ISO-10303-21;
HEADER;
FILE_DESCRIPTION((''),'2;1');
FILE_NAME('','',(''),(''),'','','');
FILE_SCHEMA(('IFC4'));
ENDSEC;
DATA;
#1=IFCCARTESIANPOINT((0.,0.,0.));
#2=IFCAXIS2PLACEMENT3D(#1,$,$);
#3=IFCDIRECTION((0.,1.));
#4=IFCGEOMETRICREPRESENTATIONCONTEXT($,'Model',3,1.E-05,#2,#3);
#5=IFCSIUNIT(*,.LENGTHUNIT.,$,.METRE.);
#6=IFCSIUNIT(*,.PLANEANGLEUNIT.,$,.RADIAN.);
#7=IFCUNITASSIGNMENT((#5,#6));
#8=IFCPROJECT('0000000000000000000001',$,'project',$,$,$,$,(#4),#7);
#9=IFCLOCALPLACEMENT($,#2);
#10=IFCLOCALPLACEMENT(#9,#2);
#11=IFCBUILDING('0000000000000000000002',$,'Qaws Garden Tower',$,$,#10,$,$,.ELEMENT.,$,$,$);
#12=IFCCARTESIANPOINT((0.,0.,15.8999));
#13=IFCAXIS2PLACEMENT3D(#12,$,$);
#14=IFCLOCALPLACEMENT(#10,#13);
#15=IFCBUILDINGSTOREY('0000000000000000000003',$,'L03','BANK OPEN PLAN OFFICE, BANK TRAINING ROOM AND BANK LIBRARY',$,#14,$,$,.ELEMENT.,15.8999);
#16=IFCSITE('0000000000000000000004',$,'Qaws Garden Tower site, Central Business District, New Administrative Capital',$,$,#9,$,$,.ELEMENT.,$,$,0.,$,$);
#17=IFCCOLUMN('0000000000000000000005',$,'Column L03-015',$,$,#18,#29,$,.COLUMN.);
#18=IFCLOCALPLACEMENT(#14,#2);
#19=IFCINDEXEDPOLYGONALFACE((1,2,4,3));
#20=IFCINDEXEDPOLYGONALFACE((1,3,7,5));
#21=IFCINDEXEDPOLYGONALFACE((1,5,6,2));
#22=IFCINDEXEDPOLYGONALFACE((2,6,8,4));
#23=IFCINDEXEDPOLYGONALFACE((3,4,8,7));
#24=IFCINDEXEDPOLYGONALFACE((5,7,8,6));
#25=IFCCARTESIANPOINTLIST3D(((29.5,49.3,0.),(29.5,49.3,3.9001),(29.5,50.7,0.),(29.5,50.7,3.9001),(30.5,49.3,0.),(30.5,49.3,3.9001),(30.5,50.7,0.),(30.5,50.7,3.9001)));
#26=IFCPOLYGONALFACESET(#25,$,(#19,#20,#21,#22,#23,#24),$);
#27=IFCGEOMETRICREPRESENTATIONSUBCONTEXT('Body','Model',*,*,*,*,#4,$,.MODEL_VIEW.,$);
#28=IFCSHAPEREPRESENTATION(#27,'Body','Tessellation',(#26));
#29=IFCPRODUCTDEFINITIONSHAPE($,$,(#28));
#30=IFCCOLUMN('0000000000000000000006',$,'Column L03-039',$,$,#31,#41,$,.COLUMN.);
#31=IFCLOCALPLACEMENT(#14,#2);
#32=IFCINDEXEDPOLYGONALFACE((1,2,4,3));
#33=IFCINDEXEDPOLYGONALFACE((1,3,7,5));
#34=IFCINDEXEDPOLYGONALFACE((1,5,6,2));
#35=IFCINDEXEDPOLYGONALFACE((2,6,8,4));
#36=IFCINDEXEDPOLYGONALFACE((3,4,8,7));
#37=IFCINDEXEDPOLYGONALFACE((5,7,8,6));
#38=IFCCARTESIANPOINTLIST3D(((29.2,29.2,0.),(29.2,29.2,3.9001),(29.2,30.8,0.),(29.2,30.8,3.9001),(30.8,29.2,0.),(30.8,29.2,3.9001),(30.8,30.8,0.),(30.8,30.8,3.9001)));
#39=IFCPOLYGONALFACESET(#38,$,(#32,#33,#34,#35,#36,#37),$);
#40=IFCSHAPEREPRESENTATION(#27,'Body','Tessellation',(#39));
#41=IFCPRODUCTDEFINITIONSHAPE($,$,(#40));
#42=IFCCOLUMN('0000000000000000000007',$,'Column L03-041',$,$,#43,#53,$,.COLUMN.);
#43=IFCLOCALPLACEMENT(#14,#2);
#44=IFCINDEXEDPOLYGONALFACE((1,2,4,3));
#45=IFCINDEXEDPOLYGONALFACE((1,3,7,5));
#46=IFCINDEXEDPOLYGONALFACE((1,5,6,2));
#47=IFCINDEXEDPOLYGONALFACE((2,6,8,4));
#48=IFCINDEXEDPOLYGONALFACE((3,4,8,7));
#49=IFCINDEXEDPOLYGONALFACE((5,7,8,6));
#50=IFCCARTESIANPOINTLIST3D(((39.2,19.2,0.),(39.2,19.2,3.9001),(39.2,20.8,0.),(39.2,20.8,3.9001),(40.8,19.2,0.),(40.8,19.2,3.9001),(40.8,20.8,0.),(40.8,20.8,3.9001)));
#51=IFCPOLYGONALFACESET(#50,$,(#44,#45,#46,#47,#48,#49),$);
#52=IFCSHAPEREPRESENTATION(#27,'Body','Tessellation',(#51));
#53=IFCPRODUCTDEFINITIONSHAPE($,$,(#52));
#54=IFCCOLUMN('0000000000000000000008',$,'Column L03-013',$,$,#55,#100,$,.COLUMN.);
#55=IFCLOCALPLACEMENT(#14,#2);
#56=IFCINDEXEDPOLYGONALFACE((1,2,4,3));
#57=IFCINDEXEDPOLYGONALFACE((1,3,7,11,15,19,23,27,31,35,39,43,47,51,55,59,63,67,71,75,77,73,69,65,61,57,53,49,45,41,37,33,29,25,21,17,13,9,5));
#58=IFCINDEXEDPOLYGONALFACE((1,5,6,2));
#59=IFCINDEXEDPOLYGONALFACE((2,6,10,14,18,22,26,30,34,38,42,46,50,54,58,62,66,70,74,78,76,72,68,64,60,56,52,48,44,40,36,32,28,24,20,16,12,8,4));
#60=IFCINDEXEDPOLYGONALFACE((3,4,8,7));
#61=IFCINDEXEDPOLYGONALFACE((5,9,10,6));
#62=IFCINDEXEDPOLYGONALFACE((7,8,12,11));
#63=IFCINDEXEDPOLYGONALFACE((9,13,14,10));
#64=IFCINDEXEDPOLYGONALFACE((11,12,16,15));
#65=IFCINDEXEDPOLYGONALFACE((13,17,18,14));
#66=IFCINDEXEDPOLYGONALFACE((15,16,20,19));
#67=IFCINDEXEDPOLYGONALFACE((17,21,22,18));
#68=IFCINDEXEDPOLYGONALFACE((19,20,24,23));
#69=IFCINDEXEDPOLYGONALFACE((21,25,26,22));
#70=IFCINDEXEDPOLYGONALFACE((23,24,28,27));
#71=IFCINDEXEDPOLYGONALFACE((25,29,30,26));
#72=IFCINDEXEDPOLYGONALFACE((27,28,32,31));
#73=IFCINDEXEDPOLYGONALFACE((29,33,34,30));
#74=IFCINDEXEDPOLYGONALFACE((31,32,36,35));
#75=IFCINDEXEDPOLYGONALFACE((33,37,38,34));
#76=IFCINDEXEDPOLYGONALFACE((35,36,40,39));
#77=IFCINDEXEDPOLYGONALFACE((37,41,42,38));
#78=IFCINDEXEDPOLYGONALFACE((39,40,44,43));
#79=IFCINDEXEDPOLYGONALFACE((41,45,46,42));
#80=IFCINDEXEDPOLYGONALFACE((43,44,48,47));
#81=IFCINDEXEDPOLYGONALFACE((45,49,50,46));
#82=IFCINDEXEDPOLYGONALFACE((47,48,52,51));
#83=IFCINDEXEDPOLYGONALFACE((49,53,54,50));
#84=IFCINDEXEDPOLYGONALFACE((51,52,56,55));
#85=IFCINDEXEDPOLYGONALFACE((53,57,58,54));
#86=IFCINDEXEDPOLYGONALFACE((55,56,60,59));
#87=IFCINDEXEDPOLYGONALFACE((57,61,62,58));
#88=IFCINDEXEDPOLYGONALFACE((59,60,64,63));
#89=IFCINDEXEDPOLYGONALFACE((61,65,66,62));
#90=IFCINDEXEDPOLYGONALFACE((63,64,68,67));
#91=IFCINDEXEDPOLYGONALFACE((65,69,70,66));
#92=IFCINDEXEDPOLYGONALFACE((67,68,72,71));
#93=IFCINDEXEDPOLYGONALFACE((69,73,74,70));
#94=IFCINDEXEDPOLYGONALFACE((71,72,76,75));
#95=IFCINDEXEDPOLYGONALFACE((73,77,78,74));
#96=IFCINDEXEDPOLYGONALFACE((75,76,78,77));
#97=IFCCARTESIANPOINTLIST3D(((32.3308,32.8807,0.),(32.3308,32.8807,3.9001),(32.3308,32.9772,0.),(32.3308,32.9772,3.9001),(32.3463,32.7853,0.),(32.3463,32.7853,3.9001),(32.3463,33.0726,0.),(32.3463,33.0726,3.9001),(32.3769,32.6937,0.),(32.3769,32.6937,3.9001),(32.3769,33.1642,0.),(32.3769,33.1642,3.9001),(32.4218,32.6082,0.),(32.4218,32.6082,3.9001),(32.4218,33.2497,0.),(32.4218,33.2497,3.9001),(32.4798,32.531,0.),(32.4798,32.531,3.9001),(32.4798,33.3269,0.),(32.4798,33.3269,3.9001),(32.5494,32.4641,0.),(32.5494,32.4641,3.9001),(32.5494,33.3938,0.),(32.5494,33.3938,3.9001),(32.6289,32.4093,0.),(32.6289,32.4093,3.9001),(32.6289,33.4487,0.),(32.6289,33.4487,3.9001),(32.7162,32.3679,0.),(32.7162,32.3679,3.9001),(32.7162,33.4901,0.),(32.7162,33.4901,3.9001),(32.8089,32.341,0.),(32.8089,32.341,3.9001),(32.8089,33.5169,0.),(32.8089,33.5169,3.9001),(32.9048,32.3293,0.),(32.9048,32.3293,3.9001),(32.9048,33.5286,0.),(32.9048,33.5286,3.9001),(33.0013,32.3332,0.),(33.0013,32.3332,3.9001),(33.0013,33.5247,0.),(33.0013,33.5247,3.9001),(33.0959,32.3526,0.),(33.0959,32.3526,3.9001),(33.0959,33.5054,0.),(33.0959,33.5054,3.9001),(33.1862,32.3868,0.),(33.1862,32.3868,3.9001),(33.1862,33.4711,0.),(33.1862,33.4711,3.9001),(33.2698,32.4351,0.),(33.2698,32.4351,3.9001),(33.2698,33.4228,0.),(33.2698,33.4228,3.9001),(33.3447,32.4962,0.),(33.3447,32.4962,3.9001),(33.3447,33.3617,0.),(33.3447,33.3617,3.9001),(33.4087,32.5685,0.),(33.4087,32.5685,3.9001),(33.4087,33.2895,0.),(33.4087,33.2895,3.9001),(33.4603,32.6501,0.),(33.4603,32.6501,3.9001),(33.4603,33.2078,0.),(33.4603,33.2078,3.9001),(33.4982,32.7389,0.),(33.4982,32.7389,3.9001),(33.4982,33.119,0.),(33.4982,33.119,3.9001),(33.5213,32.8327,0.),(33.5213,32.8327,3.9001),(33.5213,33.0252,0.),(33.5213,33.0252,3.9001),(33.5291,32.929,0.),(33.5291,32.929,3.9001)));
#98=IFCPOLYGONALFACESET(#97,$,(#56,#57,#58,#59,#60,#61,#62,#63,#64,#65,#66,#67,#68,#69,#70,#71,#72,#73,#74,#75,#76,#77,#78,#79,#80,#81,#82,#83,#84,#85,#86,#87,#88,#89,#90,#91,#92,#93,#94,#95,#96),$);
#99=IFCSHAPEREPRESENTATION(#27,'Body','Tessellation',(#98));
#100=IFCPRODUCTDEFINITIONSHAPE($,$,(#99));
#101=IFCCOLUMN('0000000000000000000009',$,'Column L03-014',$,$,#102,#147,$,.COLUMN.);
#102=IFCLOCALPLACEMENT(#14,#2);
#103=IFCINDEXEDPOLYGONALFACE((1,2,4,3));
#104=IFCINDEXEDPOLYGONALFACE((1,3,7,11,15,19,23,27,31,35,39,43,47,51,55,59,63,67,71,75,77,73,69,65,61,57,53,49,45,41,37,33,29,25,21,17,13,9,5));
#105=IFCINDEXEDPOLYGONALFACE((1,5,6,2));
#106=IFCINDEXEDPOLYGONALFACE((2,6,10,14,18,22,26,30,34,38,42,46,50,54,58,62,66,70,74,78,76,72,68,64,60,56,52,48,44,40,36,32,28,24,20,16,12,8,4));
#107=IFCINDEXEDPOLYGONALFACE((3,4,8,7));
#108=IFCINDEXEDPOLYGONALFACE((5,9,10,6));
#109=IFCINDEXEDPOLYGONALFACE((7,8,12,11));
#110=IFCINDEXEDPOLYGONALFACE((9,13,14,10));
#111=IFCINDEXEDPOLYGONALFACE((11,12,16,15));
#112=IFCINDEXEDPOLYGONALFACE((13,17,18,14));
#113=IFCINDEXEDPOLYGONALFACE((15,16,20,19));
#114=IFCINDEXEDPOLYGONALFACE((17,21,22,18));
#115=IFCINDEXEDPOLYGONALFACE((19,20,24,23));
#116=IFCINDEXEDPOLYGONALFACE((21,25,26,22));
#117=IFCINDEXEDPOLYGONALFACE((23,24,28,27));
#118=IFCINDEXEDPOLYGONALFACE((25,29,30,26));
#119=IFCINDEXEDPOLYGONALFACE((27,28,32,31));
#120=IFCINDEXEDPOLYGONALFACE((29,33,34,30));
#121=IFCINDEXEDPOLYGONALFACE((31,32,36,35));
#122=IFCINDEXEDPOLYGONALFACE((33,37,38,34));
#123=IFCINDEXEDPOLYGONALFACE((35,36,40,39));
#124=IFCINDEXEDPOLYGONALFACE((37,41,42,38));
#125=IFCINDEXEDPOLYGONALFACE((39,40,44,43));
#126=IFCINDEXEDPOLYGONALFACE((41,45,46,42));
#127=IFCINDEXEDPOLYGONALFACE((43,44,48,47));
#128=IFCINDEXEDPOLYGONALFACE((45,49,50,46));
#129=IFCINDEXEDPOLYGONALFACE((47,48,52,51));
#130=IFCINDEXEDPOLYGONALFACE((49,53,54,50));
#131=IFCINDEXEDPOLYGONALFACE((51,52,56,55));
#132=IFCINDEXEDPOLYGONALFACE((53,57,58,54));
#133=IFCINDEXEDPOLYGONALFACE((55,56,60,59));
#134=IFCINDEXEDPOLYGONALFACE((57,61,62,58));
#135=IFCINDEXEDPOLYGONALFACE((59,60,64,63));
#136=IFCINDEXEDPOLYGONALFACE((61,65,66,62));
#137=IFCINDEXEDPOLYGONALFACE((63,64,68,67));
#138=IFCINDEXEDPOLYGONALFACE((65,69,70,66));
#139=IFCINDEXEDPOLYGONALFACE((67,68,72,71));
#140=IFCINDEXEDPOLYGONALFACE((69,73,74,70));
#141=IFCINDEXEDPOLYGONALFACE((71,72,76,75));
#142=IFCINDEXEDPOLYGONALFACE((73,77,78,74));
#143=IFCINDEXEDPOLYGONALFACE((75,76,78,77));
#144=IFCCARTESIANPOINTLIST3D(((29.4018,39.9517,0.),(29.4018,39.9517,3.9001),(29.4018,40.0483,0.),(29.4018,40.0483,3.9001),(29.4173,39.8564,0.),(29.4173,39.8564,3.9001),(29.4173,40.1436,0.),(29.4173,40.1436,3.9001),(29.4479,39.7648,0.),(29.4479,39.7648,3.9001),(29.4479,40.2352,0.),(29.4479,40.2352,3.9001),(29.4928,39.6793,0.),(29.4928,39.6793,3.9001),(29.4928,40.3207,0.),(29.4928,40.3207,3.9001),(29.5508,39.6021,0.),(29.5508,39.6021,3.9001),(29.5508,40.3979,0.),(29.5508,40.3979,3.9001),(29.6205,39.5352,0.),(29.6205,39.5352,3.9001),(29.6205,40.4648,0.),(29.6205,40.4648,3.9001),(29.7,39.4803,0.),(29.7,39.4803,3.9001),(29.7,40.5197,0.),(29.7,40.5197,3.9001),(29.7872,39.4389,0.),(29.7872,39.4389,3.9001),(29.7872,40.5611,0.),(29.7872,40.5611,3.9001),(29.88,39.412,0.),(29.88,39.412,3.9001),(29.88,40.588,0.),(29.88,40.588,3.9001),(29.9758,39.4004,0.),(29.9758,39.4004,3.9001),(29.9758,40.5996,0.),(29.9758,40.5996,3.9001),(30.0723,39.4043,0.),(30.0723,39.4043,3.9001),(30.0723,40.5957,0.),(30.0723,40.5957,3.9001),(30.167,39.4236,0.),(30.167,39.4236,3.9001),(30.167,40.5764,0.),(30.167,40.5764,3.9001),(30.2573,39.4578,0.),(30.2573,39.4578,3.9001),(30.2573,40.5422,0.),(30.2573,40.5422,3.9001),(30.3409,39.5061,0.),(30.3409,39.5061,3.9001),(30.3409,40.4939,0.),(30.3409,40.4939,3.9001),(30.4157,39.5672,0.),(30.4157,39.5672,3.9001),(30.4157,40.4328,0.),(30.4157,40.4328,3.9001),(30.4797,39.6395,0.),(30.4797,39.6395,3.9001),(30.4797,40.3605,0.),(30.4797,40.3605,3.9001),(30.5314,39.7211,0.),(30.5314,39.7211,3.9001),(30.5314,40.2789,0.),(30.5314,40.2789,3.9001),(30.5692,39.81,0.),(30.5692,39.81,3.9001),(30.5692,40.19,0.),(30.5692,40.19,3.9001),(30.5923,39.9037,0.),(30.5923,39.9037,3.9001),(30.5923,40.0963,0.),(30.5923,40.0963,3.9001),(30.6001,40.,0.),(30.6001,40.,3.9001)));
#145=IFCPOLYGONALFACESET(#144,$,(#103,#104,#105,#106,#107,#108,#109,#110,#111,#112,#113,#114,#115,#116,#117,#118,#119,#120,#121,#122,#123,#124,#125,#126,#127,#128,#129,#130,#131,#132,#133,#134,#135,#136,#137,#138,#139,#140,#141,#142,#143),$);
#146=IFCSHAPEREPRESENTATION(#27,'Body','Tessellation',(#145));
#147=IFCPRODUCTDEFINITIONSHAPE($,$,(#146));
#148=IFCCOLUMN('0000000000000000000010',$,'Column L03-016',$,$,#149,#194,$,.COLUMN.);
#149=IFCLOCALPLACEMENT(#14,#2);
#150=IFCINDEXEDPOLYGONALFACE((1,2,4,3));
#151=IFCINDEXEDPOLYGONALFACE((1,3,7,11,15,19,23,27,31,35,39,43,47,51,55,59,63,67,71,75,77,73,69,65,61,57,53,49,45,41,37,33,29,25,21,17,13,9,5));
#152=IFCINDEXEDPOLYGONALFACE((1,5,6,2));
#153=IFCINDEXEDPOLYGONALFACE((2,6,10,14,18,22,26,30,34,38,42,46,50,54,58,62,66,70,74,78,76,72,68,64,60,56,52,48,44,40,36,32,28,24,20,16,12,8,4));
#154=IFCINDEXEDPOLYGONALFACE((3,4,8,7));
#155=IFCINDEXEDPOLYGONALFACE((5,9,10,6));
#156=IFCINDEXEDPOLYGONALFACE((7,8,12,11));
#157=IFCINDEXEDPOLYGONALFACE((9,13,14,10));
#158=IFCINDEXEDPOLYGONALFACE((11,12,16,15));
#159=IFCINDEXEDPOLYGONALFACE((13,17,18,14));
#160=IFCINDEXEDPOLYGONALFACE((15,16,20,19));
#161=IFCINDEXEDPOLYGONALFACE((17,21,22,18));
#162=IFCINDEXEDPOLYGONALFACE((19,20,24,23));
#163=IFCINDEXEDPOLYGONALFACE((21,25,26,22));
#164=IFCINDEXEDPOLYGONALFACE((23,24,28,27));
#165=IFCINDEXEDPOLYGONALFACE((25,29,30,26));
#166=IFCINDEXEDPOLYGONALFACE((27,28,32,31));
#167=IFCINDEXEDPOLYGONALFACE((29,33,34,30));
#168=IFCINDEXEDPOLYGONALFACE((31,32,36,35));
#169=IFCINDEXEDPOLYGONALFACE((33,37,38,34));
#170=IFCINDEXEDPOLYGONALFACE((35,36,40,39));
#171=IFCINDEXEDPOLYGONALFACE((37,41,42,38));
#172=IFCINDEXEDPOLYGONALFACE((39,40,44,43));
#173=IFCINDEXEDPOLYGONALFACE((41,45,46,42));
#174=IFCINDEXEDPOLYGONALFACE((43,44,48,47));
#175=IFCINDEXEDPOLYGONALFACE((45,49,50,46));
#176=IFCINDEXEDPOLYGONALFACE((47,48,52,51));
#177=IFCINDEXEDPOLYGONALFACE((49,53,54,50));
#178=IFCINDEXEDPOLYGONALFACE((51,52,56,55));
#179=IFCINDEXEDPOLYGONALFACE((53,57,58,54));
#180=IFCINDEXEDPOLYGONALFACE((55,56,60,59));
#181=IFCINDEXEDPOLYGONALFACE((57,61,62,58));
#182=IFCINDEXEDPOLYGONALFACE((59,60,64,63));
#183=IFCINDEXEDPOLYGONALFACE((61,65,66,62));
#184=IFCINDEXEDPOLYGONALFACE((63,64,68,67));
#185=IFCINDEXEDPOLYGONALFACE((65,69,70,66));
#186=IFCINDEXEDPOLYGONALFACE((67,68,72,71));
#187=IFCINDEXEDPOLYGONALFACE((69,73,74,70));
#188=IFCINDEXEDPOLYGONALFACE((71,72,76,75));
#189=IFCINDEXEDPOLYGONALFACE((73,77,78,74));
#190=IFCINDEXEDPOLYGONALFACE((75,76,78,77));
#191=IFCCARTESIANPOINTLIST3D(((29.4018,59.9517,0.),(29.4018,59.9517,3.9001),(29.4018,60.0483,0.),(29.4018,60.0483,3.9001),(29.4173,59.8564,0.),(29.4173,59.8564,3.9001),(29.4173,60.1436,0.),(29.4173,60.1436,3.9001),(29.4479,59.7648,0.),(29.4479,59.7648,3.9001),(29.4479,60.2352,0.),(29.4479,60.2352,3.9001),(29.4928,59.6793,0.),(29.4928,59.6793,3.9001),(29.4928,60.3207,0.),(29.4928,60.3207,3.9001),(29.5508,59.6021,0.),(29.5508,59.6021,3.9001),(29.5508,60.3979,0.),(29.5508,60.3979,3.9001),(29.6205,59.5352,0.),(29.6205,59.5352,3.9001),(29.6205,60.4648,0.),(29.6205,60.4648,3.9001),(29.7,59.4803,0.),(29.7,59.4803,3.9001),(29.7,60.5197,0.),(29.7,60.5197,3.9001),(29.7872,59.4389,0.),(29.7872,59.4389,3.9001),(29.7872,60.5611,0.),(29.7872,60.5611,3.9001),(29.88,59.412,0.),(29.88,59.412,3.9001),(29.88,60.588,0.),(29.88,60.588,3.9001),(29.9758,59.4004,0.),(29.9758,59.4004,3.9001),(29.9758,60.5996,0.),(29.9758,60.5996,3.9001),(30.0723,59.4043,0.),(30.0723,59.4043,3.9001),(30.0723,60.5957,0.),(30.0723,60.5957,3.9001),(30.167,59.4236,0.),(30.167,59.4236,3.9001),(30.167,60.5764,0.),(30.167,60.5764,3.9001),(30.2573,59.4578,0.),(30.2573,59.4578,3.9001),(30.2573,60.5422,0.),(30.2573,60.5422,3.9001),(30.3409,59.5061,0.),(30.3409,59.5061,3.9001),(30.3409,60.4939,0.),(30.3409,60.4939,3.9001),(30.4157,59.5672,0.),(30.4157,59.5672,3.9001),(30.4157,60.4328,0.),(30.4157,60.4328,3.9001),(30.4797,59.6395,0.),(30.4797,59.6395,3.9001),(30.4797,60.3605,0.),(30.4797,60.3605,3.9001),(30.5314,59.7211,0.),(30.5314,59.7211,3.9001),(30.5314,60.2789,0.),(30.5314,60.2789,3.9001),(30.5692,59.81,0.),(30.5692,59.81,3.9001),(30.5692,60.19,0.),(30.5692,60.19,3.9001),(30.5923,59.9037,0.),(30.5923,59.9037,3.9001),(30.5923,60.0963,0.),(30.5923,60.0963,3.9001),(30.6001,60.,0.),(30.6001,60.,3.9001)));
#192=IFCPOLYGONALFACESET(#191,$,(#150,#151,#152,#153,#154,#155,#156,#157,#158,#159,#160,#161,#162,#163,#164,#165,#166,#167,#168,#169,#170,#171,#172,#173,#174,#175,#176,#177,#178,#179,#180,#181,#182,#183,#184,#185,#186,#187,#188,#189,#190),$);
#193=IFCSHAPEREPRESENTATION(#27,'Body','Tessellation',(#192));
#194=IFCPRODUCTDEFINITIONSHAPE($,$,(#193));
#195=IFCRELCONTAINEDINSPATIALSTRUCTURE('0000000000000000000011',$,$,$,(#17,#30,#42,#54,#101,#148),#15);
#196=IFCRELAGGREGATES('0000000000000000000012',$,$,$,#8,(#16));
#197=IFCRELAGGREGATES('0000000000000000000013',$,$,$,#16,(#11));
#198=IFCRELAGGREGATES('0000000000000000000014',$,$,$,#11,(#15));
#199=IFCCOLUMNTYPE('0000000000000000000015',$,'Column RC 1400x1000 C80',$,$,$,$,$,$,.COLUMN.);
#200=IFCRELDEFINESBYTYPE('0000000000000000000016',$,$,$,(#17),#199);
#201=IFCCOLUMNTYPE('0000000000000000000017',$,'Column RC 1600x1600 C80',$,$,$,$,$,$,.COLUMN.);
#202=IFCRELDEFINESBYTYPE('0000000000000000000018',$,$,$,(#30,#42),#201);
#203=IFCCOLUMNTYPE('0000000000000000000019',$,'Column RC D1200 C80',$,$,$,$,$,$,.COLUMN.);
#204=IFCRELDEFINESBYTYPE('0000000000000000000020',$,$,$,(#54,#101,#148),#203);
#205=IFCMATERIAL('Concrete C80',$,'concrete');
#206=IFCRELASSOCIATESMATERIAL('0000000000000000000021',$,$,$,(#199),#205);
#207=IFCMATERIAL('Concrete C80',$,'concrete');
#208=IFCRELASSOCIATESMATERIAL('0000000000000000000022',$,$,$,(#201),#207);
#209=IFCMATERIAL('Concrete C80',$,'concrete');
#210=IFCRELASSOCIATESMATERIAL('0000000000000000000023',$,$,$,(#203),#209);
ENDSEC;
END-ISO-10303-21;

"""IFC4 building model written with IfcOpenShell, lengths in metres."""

from ifc_helpers import new_model, si_unit, direction, frame, origin, origin_2d, place, context, subcontext, project, spatial, rectangle, circle, extrude, material, material_profile, profile_set, type_object, element, save


model = new_model("IFC4")

# Units and contexts
model_context = context("Model", 3, precision=1e-05, world=origin(), true_north=direction((0.0, 1.0)))
body_context = subcontext(model_context, "Body", "Model", "MODEL_VIEW")
ifc_project = project(units=[si_unit("LENGTHUNIT", "METRE"), si_unit("PLANEANGLEUNIT", "RADIAN")], contexts=[model_context])

# Site, building, storey
site_placement = place(None, origin())
site = spatial("IfcSite", under=ifc_project, at=site_placement, Name="Qaws Garden Tower site, Central Business District, New Administrative Capital", CompositionType="ELEMENT", RefElevation=0.0)
building_placement = place(site_placement, origin())
building = spatial("IfcBuilding", under=site, at=building_placement, Name="Qaws Garden Tower", CompositionType="ELEMENT")
storey_placement = place(building_placement, frame((0.0, 0.0, 15.8999)))
storey = spatial("IfcBuildingStorey", under=building, at=storey_placement, Name="L03", Description="BANK OPEN PLAN OFFICE, BANK TRAINING ROOM AND BANK LIBRARY", CompositionType="ELEMENT", Elevation=15.8999)

# Columns
ifc_material_1 = material(Name="Concrete C80", Category="concrete")
ifc_material_profile_1 = material_profile(ifc_material_1, rectangle(XDim=1.3999, YDim=1.0, at=origin_2d()), Name="RC 1400x1000")
ifc_profile_set_1 = profile_set([ifc_material_profile_1], Name="Concrete C80")
column_type_1 = type_object("IfcColumnType", Name="Column RC 1400x1000 C80", PredefinedType="COLUMN", material=ifc_profile_set_1)
column_placement = place(storey_placement, frame((30.0, 50.0, 0.0), z_axis=(0.0, 0.0, 1.0), x_axis=(0.0, 1.0, 0.0)))
element("IfcColumn", 1, at=column_placement, inside=storey, type_object=column_type_1, Name="Column L03-015", PredefinedType="COLUMN", context=body_context, shape_type="SweptSolid", body=[
    extrude(rectangle(XDim=1.3999, YDim=1.0, at=origin_2d()), origin(), (0.0, 0.0, 1.0), 3.9001),
])
ifc_material_2 = material(Name="Concrete C80", Category="concrete")
ifc_material_profile_2 = material_profile(ifc_material_2, rectangle(XDim=1.6001, YDim=1.6001, at=origin_2d()), Name="RC 1600x1600")
ifc_profile_set_2 = profile_set([ifc_material_profile_2], Name="Concrete C80")
column_type_2 = type_object("IfcColumnType", Name="Column RC 1600x1600 C80", PredefinedType="COLUMN", material=ifc_profile_set_2)
for number, where, z_axis, x_axis, name in (
    (2, (30.0, 30.0, 0.0), (0.0, 0.0, 1.0), (1.0, 0.0, 0.0), "Column L03-039"),
    (3, (40.0, 20.0, 0.0), (0.0, 0.0, 1.0), (1.0, 0.0, 0.0), "Column L03-041"),
):
    element("IfcColumn", number, at=place(storey_placement, frame(where, z_axis=z_axis, x_axis=x_axis)), inside=storey, type_object=column_type_2, Name=name, PredefinedType="COLUMN", context=body_context, shape_type="SweptSolid", body=[
        extrude(rectangle(XDim=1.6001, YDim=1.6001, at=origin_2d()), origin(), (0.0, 0.0, 1.0), 3.9001),
    ])
ifc_material_3 = material(Name="Concrete C80", Category="concrete")
ifc_material_profile_3 = material_profile(ifc_material_3, circle(Radius=0.6001, at=origin_2d()), Name="RC D1200")
ifc_profile_set_3 = profile_set([ifc_material_profile_3], Name="Concrete C80")
column_type_3 = type_object("IfcColumnType", Name="Column RC D1200 C80", PredefinedType="COLUMN", material=ifc_profile_set_3)
for number, where, z_axis, x_axis, name in (
    (4, (32.929, 32.929, 0.0), (0.0, 0.0, 1.0), (1.0, 0.0, 0.0), "Column L03-013"),
    (5, (30.0, 40.0, 0.0), (0.0, 0.0, 1.0), (1.0, 0.0, 0.0), "Column L03-014"),
    (6, (30.0, 60.0, 0.0), (0.0, 0.0, 1.0), (1.0, 0.0, 0.0), "Column L03-016"),
):
    element("IfcColumn", number, at=place(storey_placement, frame(where, z_axis=z_axis, x_axis=x_axis)), inside=storey, type_object=column_type_3, Name=name, PredefinedType="COLUMN", context=body_context, shape_type="SweptSolid", body=[
        extrude(circle(Radius=0.6001, at=origin_2d()), origin(), (0.0, 0.0, 1.0), 3.9001),
    ])

save(model, "model.ifc")
